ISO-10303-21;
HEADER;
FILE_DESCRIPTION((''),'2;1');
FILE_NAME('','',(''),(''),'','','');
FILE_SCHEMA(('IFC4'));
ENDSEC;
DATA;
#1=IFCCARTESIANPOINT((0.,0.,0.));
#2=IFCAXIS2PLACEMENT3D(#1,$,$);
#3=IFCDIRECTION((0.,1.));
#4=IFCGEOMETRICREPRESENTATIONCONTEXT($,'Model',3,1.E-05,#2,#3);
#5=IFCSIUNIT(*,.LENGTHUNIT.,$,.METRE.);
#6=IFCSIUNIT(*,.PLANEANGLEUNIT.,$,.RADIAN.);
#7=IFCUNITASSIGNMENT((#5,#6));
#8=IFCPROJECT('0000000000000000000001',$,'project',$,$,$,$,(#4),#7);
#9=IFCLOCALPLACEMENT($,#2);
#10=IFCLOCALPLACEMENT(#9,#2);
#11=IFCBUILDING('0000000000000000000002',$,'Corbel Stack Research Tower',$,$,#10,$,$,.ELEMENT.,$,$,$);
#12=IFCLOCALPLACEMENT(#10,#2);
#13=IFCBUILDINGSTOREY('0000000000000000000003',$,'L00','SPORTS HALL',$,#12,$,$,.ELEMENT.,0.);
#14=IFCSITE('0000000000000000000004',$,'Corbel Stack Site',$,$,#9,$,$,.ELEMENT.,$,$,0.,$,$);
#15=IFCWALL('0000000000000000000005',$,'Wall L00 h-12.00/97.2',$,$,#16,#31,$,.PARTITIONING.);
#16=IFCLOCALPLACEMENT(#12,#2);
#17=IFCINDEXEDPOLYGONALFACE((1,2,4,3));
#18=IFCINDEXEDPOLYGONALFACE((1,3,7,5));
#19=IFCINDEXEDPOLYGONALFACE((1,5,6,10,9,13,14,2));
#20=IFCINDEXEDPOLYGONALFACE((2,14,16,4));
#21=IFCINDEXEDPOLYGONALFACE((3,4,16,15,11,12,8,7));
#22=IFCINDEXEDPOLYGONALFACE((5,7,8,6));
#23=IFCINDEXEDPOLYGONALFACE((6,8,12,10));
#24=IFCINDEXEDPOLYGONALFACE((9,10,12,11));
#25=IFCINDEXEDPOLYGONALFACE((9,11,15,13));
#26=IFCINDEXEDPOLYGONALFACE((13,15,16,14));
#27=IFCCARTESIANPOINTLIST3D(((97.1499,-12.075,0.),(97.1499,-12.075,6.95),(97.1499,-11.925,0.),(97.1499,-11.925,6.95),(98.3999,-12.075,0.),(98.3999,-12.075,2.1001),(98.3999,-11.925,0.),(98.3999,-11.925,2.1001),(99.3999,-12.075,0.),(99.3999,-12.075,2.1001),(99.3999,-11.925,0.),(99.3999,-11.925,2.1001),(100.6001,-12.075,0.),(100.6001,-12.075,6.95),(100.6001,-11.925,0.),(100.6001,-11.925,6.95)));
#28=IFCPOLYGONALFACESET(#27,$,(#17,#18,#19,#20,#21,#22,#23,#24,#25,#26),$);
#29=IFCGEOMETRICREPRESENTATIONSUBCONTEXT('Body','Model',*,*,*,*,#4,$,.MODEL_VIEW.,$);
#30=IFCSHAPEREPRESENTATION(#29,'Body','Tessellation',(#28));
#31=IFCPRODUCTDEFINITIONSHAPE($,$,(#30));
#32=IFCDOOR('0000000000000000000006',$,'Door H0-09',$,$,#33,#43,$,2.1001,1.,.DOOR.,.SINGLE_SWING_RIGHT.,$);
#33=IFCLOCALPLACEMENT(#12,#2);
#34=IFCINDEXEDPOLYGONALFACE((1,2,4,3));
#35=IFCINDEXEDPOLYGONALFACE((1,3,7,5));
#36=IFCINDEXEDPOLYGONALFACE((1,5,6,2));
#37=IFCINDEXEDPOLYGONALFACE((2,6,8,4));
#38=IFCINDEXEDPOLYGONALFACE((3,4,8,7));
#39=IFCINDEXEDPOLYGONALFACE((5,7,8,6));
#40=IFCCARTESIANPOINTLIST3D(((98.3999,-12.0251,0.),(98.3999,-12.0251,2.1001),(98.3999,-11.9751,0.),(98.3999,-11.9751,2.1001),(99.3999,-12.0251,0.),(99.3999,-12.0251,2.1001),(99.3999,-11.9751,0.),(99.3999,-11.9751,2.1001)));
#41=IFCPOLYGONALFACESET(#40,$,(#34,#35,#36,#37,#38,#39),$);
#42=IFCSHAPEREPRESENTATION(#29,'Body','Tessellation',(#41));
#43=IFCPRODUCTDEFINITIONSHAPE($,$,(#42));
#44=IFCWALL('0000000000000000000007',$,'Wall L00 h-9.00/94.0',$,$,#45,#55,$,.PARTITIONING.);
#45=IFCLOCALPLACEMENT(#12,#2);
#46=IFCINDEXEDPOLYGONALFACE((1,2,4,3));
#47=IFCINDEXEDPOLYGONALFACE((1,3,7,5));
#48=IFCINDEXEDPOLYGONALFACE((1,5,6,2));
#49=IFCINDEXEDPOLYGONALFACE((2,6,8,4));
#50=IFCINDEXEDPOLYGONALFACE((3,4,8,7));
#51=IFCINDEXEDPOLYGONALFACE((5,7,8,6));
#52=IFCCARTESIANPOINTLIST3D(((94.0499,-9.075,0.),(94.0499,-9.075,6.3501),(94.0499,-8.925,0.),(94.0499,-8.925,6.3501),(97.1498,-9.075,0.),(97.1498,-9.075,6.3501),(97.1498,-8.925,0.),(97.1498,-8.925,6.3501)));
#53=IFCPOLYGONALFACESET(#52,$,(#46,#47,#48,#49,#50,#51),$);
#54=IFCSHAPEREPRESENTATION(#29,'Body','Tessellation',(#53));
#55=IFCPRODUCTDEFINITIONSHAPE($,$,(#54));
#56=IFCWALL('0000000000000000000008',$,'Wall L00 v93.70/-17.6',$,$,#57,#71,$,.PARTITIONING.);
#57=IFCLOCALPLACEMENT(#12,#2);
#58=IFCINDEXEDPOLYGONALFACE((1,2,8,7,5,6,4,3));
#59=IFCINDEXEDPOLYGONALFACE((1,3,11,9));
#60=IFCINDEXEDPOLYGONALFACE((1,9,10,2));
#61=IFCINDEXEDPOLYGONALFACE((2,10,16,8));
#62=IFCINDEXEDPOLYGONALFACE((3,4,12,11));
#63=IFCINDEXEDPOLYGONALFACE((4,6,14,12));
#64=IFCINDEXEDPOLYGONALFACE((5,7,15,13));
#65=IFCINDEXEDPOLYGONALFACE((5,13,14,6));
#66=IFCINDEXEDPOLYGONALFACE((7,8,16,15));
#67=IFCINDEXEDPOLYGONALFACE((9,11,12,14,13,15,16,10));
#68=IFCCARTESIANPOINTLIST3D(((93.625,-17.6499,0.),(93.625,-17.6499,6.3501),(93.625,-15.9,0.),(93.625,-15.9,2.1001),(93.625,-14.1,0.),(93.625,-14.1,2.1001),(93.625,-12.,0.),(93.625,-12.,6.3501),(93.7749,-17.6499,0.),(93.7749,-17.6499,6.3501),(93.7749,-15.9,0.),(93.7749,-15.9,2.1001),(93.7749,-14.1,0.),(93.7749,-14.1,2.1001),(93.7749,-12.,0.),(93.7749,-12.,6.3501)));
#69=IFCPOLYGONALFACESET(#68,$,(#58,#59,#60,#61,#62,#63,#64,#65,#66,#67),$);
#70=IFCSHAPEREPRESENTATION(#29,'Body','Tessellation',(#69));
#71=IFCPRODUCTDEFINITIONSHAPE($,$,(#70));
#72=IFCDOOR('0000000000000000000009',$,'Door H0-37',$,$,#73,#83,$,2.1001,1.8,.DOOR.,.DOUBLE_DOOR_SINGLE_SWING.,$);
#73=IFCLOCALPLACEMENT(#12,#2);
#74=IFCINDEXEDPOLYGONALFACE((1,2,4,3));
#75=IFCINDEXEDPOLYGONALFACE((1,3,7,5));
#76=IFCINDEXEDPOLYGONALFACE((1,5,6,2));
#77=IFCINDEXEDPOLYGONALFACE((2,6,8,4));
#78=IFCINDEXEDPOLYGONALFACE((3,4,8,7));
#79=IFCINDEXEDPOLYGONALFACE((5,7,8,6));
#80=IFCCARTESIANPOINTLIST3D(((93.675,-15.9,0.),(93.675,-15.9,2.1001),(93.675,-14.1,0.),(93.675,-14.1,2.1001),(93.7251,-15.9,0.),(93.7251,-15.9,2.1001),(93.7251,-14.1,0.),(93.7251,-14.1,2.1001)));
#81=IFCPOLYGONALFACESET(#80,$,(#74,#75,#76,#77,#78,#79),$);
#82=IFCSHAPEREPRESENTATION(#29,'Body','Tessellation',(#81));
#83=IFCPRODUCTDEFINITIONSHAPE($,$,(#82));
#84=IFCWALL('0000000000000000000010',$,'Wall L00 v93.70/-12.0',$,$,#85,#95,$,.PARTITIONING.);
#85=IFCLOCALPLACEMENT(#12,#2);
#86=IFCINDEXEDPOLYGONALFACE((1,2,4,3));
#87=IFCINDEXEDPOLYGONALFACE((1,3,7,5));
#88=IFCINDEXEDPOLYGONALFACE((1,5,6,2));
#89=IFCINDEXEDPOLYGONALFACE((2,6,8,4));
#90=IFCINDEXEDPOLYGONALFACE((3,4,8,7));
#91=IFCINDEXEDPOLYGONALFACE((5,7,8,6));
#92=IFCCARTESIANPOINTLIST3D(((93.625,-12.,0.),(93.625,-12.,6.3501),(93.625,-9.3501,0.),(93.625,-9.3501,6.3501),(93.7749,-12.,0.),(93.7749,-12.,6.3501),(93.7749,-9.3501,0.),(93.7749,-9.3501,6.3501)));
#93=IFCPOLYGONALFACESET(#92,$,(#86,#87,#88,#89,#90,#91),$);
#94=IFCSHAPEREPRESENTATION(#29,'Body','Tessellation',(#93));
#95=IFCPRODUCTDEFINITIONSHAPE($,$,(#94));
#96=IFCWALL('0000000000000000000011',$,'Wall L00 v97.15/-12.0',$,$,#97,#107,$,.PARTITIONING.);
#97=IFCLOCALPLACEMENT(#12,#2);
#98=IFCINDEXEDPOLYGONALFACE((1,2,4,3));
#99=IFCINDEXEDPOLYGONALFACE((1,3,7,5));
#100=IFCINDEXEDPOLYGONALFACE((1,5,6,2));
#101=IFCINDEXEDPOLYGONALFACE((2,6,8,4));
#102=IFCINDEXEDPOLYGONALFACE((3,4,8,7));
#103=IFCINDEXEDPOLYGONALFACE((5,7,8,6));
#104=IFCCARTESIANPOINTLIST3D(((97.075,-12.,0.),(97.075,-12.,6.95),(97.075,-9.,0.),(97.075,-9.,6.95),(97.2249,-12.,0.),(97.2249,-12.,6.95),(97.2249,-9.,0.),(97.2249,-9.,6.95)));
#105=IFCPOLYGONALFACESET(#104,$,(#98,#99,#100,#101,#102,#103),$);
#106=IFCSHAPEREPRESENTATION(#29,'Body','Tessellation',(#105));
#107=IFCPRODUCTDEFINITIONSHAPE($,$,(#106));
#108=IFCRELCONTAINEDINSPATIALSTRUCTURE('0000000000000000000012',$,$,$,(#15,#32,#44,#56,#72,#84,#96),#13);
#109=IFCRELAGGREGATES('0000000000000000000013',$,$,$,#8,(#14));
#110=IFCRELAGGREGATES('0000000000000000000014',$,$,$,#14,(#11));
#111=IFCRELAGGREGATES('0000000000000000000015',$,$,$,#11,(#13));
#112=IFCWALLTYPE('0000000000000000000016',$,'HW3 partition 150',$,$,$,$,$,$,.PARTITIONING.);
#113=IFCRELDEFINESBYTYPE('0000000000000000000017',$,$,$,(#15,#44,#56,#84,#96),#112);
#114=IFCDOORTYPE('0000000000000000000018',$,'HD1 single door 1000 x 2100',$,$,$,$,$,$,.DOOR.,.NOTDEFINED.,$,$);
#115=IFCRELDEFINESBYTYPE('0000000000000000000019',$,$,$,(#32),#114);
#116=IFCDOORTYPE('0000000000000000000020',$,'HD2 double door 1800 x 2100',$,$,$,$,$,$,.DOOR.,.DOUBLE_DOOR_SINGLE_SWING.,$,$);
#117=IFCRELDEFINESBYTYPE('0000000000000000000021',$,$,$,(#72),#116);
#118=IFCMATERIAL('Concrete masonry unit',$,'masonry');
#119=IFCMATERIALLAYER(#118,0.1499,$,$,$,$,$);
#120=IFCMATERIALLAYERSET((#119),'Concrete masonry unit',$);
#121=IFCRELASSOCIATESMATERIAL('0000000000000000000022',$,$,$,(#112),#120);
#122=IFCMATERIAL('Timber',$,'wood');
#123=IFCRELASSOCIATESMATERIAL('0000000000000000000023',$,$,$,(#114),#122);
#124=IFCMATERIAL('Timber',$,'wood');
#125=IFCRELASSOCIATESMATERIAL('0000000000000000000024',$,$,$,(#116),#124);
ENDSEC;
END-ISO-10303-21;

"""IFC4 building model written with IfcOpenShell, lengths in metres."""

from ifc_helpers import new_model, si_unit, direction, frame, frame_2d, origin, place, context, subcontext, project, spatial, rectangle, extrude, material, layer, layer_set, type_object, element, fill, save


model = new_model("IFC4")

# Units and contexts
model_context = context("Model", 3, precision=1e-05, world=origin(), true_north=direction((0.0, 1.0)))
body_context = subcontext(model_context, "Body", "Model", "MODEL_VIEW")
ifc_project = project(units=[si_unit("LENGTHUNIT", "METRE"), si_unit("PLANEANGLEUNIT", "RADIAN")], contexts=[model_context])

# Site, building, storey
site_placement = place(None, origin())
site = spatial("IfcSite", under=ifc_project, at=site_placement, Name="Corbel Stack Site", CompositionType="ELEMENT", RefElevation=0.0)
building_placement = place(site_placement, origin())
building = spatial("IfcBuilding", under=site, at=building_placement, Name="Corbel Stack Research Tower", CompositionType="ELEMENT")
storey_placement = place(building_placement, origin())
storey = spatial("IfcBuildingStorey", under=building, at=storey_placement, Name="L00", Description="SPORTS HALL", CompositionType="ELEMENT", Elevation=0.0)

# Shared definitions
ifc_material_1 = material(Name="Concrete masonry unit", Category="masonry")
ifc_layer_1 = layer(ifc_material_1, 0.1499)
ifc_layer_set_1 = layer_set([ifc_layer_1], Name="Concrete masonry unit")
wall_type_1 = type_object("IfcWallType", Name="HW3 partition 150", PredefinedType="PARTITIONING", material=ifc_layer_set_1)

# Wall, opening, door
ifc_material_2 = material(Name="Timber", Category="wood")
door_type_1 = type_object("IfcDoorType", Name="HD1 single door 1000 x 2100", OperationType="NOTDEFINED", PredefinedType="DOOR", material=ifc_material_2)
wall_1_placement = place(storey_placement, frame((97.1499, -12.0, 0.0), z_axis=(0.0, 0.0, 1.0), x_axis=(1.0, 0.0, 0.0)))
wall_1 = element("IfcWall", 1, at=wall_1_placement, inside=storey, type_object=wall_type_1, Name="Wall L00 h-12.00/97.2", PredefinedType="PARTITIONING", context=body_context, shape_type="SweptSolid", body=[
    extrude(rectangle(XDim=3.4502, YDim=0.1499, at=frame_2d((1.7251, 0.0))), origin(), (0.0, 0.0, 1.0), 6.95),
])
opening_1_placement = place(wall_1_placement, frame((1.25, 0.0, 0.0)))
opening_1 = element("IfcOpeningElement", 2, at=opening_1_placement, cuts=wall_1, PredefinedType="OPENING", context=body_context, shape_type="SweptSolid", body=[
    extrude(rectangle(XDim=1.0, YDim=2.1001, at=frame_2d((0.5, 1.05))), frame((0.0, 0.085, 0.0), z_axis=(0.0, -1.0, 0.0), x_axis=(1.0, 0.0, 0.0)), (0.0, 0.0, 1.0), 0.1699),
])
door_1_placement = place(opening_1_placement, origin())
door_1 = element("IfcDoor", 3, at=door_1_placement, inside=storey, type_object=door_type_1, Name="Door H0-09", OperationType="SINGLE_SWING_RIGHT", OverallHeight=2.1001, OverallWidth=1.0, PredefinedType="DOOR", context=body_context, shape_type="SweptSolid", body=[
    extrude(rectangle(XDim=1.0, YDim=2.1001, at=frame_2d((0.5, 1.05))), frame((0.0, 0.0249, 0.0), z_axis=(0.0, -1.0, 0.0), x_axis=(1.0, 0.0, 0.0)), (0.0, 0.0, 1.0), 0.05),
])
fill(opening_1, door_1)

# Wall
wall_2_placement = place(storey_placement, frame((94.05, -9.0, 0.0), z_axis=(0.0, 0.0, 1.0), x_axis=(1.0, 0.0, 0.0)))
element("IfcWall", 4, at=wall_2_placement, inside=storey, type_object=wall_type_1, Name="Wall L00 h-9.00/94.0", PredefinedType="PARTITIONING", context=body_context, shape_type="SweptSolid", body=[
    extrude(rectangle(XDim=3.0999, YDim=0.1499, at=frame_2d((1.5498, 0.0))), origin(), (0.0, 0.0, 1.0), 6.3501),
])

# Wall, opening, door
wall_3_placement = place(storey_placement, frame((93.7, -17.6499, 0.0), z_axis=(0.0, 0.0, 1.0), x_axis=(0.0, 1.0, 0.0)))
wall_3 = element("IfcWall", 5, at=wall_3_placement, inside=storey, type_object=wall_type_1, Name="Wall L00 v93.70/-17.6", PredefinedType="PARTITIONING", context=body_context, shape_type="SweptSolid", body=[
    extrude(rectangle(XDim=5.6499, YDim=0.1499, at=frame_2d((2.825, 0.0))), origin(), (0.0, 0.0, 1.0), 6.3501),
])
opening_2_placement = place(wall_3_placement, frame((1.75, 0.0, 0.0)))
opening_2 = element("IfcOpeningElement", 6, at=opening_2_placement, cuts=wall_3, PredefinedType="OPENING", context=body_context, shape_type="SweptSolid", body=[
    extrude(rectangle(XDim=1.8, YDim=2.1001, at=frame_2d((0.8999, 1.05))), frame((0.0, 0.085, 0.0), z_axis=(0.0, -1.0, 0.0), x_axis=(1.0, 0.0, 0.0)), (0.0, 0.0, 1.0), 0.1699),
])
ifc_material_3 = material(Name="Timber", Category="wood")
door_type_2 = type_object("IfcDoorType", Name="HD2 double door 1800 x 2100", OperationType="DOUBLE_DOOR_SINGLE_SWING", PredefinedType="DOOR", material=ifc_material_3)
door_2_placement = place(opening_2_placement, origin())
door_2 = element("IfcDoor", 7, at=door_2_placement, inside=storey, type_object=door_type_2, Name="Door H0-37", OperationType="DOUBLE_DOOR_SINGLE_SWING", OverallHeight=2.1001, OverallWidth=1.8, PredefinedType="DOOR", context=body_context, shape_type="SweptSolid", body=[
    extrude(rectangle(XDim=1.8, YDim=2.1001, at=frame_2d((0.8999, 1.05))), frame((0.0, 0.0249, 0.0), z_axis=(0.0, -1.0, 0.0), x_axis=(1.0, 0.0, 0.0)), (0.0, 0.0, 1.0), 0.05),
])
fill(opening_2, door_2)

# Walls
wall_4_placement = place(storey_placement, frame((93.7, -12.0, 0.0), z_axis=(0.0, 0.0, 1.0), x_axis=(0.0, 1.0, 0.0)))
element("IfcWall", 8, at=wall_4_placement, inside=storey, type_object=wall_type_1, Name="Wall L00 v93.70/-12.0", PredefinedType="PARTITIONING", context=body_context, shape_type="SweptSolid", body=[
    extrude(rectangle(XDim=2.6499, YDim=0.1499, at=frame_2d((1.325, 0.0))), origin(), (0.0, 0.0, 1.0), 6.3501),
])
wall_5_placement = place(storey_placement, frame((97.1499, -12.0, 0.0), z_axis=(0.0, 0.0, 1.0), x_axis=(0.0, 1.0, 0.0)))
element("IfcWall", 9, at=wall_5_placement, inside=storey, type_object=wall_type_1, Name="Wall L00 v97.15/-12.0", PredefinedType="PARTITIONING", context=body_context, shape_type="SweptSolid", body=[
    extrude(rectangle(XDim=3.0, YDim=0.1499, at=frame_2d((1.5, 0.0))), origin(), (0.0, 0.0, 1.0), 6.95),
])

save(model, "model.ifc")
